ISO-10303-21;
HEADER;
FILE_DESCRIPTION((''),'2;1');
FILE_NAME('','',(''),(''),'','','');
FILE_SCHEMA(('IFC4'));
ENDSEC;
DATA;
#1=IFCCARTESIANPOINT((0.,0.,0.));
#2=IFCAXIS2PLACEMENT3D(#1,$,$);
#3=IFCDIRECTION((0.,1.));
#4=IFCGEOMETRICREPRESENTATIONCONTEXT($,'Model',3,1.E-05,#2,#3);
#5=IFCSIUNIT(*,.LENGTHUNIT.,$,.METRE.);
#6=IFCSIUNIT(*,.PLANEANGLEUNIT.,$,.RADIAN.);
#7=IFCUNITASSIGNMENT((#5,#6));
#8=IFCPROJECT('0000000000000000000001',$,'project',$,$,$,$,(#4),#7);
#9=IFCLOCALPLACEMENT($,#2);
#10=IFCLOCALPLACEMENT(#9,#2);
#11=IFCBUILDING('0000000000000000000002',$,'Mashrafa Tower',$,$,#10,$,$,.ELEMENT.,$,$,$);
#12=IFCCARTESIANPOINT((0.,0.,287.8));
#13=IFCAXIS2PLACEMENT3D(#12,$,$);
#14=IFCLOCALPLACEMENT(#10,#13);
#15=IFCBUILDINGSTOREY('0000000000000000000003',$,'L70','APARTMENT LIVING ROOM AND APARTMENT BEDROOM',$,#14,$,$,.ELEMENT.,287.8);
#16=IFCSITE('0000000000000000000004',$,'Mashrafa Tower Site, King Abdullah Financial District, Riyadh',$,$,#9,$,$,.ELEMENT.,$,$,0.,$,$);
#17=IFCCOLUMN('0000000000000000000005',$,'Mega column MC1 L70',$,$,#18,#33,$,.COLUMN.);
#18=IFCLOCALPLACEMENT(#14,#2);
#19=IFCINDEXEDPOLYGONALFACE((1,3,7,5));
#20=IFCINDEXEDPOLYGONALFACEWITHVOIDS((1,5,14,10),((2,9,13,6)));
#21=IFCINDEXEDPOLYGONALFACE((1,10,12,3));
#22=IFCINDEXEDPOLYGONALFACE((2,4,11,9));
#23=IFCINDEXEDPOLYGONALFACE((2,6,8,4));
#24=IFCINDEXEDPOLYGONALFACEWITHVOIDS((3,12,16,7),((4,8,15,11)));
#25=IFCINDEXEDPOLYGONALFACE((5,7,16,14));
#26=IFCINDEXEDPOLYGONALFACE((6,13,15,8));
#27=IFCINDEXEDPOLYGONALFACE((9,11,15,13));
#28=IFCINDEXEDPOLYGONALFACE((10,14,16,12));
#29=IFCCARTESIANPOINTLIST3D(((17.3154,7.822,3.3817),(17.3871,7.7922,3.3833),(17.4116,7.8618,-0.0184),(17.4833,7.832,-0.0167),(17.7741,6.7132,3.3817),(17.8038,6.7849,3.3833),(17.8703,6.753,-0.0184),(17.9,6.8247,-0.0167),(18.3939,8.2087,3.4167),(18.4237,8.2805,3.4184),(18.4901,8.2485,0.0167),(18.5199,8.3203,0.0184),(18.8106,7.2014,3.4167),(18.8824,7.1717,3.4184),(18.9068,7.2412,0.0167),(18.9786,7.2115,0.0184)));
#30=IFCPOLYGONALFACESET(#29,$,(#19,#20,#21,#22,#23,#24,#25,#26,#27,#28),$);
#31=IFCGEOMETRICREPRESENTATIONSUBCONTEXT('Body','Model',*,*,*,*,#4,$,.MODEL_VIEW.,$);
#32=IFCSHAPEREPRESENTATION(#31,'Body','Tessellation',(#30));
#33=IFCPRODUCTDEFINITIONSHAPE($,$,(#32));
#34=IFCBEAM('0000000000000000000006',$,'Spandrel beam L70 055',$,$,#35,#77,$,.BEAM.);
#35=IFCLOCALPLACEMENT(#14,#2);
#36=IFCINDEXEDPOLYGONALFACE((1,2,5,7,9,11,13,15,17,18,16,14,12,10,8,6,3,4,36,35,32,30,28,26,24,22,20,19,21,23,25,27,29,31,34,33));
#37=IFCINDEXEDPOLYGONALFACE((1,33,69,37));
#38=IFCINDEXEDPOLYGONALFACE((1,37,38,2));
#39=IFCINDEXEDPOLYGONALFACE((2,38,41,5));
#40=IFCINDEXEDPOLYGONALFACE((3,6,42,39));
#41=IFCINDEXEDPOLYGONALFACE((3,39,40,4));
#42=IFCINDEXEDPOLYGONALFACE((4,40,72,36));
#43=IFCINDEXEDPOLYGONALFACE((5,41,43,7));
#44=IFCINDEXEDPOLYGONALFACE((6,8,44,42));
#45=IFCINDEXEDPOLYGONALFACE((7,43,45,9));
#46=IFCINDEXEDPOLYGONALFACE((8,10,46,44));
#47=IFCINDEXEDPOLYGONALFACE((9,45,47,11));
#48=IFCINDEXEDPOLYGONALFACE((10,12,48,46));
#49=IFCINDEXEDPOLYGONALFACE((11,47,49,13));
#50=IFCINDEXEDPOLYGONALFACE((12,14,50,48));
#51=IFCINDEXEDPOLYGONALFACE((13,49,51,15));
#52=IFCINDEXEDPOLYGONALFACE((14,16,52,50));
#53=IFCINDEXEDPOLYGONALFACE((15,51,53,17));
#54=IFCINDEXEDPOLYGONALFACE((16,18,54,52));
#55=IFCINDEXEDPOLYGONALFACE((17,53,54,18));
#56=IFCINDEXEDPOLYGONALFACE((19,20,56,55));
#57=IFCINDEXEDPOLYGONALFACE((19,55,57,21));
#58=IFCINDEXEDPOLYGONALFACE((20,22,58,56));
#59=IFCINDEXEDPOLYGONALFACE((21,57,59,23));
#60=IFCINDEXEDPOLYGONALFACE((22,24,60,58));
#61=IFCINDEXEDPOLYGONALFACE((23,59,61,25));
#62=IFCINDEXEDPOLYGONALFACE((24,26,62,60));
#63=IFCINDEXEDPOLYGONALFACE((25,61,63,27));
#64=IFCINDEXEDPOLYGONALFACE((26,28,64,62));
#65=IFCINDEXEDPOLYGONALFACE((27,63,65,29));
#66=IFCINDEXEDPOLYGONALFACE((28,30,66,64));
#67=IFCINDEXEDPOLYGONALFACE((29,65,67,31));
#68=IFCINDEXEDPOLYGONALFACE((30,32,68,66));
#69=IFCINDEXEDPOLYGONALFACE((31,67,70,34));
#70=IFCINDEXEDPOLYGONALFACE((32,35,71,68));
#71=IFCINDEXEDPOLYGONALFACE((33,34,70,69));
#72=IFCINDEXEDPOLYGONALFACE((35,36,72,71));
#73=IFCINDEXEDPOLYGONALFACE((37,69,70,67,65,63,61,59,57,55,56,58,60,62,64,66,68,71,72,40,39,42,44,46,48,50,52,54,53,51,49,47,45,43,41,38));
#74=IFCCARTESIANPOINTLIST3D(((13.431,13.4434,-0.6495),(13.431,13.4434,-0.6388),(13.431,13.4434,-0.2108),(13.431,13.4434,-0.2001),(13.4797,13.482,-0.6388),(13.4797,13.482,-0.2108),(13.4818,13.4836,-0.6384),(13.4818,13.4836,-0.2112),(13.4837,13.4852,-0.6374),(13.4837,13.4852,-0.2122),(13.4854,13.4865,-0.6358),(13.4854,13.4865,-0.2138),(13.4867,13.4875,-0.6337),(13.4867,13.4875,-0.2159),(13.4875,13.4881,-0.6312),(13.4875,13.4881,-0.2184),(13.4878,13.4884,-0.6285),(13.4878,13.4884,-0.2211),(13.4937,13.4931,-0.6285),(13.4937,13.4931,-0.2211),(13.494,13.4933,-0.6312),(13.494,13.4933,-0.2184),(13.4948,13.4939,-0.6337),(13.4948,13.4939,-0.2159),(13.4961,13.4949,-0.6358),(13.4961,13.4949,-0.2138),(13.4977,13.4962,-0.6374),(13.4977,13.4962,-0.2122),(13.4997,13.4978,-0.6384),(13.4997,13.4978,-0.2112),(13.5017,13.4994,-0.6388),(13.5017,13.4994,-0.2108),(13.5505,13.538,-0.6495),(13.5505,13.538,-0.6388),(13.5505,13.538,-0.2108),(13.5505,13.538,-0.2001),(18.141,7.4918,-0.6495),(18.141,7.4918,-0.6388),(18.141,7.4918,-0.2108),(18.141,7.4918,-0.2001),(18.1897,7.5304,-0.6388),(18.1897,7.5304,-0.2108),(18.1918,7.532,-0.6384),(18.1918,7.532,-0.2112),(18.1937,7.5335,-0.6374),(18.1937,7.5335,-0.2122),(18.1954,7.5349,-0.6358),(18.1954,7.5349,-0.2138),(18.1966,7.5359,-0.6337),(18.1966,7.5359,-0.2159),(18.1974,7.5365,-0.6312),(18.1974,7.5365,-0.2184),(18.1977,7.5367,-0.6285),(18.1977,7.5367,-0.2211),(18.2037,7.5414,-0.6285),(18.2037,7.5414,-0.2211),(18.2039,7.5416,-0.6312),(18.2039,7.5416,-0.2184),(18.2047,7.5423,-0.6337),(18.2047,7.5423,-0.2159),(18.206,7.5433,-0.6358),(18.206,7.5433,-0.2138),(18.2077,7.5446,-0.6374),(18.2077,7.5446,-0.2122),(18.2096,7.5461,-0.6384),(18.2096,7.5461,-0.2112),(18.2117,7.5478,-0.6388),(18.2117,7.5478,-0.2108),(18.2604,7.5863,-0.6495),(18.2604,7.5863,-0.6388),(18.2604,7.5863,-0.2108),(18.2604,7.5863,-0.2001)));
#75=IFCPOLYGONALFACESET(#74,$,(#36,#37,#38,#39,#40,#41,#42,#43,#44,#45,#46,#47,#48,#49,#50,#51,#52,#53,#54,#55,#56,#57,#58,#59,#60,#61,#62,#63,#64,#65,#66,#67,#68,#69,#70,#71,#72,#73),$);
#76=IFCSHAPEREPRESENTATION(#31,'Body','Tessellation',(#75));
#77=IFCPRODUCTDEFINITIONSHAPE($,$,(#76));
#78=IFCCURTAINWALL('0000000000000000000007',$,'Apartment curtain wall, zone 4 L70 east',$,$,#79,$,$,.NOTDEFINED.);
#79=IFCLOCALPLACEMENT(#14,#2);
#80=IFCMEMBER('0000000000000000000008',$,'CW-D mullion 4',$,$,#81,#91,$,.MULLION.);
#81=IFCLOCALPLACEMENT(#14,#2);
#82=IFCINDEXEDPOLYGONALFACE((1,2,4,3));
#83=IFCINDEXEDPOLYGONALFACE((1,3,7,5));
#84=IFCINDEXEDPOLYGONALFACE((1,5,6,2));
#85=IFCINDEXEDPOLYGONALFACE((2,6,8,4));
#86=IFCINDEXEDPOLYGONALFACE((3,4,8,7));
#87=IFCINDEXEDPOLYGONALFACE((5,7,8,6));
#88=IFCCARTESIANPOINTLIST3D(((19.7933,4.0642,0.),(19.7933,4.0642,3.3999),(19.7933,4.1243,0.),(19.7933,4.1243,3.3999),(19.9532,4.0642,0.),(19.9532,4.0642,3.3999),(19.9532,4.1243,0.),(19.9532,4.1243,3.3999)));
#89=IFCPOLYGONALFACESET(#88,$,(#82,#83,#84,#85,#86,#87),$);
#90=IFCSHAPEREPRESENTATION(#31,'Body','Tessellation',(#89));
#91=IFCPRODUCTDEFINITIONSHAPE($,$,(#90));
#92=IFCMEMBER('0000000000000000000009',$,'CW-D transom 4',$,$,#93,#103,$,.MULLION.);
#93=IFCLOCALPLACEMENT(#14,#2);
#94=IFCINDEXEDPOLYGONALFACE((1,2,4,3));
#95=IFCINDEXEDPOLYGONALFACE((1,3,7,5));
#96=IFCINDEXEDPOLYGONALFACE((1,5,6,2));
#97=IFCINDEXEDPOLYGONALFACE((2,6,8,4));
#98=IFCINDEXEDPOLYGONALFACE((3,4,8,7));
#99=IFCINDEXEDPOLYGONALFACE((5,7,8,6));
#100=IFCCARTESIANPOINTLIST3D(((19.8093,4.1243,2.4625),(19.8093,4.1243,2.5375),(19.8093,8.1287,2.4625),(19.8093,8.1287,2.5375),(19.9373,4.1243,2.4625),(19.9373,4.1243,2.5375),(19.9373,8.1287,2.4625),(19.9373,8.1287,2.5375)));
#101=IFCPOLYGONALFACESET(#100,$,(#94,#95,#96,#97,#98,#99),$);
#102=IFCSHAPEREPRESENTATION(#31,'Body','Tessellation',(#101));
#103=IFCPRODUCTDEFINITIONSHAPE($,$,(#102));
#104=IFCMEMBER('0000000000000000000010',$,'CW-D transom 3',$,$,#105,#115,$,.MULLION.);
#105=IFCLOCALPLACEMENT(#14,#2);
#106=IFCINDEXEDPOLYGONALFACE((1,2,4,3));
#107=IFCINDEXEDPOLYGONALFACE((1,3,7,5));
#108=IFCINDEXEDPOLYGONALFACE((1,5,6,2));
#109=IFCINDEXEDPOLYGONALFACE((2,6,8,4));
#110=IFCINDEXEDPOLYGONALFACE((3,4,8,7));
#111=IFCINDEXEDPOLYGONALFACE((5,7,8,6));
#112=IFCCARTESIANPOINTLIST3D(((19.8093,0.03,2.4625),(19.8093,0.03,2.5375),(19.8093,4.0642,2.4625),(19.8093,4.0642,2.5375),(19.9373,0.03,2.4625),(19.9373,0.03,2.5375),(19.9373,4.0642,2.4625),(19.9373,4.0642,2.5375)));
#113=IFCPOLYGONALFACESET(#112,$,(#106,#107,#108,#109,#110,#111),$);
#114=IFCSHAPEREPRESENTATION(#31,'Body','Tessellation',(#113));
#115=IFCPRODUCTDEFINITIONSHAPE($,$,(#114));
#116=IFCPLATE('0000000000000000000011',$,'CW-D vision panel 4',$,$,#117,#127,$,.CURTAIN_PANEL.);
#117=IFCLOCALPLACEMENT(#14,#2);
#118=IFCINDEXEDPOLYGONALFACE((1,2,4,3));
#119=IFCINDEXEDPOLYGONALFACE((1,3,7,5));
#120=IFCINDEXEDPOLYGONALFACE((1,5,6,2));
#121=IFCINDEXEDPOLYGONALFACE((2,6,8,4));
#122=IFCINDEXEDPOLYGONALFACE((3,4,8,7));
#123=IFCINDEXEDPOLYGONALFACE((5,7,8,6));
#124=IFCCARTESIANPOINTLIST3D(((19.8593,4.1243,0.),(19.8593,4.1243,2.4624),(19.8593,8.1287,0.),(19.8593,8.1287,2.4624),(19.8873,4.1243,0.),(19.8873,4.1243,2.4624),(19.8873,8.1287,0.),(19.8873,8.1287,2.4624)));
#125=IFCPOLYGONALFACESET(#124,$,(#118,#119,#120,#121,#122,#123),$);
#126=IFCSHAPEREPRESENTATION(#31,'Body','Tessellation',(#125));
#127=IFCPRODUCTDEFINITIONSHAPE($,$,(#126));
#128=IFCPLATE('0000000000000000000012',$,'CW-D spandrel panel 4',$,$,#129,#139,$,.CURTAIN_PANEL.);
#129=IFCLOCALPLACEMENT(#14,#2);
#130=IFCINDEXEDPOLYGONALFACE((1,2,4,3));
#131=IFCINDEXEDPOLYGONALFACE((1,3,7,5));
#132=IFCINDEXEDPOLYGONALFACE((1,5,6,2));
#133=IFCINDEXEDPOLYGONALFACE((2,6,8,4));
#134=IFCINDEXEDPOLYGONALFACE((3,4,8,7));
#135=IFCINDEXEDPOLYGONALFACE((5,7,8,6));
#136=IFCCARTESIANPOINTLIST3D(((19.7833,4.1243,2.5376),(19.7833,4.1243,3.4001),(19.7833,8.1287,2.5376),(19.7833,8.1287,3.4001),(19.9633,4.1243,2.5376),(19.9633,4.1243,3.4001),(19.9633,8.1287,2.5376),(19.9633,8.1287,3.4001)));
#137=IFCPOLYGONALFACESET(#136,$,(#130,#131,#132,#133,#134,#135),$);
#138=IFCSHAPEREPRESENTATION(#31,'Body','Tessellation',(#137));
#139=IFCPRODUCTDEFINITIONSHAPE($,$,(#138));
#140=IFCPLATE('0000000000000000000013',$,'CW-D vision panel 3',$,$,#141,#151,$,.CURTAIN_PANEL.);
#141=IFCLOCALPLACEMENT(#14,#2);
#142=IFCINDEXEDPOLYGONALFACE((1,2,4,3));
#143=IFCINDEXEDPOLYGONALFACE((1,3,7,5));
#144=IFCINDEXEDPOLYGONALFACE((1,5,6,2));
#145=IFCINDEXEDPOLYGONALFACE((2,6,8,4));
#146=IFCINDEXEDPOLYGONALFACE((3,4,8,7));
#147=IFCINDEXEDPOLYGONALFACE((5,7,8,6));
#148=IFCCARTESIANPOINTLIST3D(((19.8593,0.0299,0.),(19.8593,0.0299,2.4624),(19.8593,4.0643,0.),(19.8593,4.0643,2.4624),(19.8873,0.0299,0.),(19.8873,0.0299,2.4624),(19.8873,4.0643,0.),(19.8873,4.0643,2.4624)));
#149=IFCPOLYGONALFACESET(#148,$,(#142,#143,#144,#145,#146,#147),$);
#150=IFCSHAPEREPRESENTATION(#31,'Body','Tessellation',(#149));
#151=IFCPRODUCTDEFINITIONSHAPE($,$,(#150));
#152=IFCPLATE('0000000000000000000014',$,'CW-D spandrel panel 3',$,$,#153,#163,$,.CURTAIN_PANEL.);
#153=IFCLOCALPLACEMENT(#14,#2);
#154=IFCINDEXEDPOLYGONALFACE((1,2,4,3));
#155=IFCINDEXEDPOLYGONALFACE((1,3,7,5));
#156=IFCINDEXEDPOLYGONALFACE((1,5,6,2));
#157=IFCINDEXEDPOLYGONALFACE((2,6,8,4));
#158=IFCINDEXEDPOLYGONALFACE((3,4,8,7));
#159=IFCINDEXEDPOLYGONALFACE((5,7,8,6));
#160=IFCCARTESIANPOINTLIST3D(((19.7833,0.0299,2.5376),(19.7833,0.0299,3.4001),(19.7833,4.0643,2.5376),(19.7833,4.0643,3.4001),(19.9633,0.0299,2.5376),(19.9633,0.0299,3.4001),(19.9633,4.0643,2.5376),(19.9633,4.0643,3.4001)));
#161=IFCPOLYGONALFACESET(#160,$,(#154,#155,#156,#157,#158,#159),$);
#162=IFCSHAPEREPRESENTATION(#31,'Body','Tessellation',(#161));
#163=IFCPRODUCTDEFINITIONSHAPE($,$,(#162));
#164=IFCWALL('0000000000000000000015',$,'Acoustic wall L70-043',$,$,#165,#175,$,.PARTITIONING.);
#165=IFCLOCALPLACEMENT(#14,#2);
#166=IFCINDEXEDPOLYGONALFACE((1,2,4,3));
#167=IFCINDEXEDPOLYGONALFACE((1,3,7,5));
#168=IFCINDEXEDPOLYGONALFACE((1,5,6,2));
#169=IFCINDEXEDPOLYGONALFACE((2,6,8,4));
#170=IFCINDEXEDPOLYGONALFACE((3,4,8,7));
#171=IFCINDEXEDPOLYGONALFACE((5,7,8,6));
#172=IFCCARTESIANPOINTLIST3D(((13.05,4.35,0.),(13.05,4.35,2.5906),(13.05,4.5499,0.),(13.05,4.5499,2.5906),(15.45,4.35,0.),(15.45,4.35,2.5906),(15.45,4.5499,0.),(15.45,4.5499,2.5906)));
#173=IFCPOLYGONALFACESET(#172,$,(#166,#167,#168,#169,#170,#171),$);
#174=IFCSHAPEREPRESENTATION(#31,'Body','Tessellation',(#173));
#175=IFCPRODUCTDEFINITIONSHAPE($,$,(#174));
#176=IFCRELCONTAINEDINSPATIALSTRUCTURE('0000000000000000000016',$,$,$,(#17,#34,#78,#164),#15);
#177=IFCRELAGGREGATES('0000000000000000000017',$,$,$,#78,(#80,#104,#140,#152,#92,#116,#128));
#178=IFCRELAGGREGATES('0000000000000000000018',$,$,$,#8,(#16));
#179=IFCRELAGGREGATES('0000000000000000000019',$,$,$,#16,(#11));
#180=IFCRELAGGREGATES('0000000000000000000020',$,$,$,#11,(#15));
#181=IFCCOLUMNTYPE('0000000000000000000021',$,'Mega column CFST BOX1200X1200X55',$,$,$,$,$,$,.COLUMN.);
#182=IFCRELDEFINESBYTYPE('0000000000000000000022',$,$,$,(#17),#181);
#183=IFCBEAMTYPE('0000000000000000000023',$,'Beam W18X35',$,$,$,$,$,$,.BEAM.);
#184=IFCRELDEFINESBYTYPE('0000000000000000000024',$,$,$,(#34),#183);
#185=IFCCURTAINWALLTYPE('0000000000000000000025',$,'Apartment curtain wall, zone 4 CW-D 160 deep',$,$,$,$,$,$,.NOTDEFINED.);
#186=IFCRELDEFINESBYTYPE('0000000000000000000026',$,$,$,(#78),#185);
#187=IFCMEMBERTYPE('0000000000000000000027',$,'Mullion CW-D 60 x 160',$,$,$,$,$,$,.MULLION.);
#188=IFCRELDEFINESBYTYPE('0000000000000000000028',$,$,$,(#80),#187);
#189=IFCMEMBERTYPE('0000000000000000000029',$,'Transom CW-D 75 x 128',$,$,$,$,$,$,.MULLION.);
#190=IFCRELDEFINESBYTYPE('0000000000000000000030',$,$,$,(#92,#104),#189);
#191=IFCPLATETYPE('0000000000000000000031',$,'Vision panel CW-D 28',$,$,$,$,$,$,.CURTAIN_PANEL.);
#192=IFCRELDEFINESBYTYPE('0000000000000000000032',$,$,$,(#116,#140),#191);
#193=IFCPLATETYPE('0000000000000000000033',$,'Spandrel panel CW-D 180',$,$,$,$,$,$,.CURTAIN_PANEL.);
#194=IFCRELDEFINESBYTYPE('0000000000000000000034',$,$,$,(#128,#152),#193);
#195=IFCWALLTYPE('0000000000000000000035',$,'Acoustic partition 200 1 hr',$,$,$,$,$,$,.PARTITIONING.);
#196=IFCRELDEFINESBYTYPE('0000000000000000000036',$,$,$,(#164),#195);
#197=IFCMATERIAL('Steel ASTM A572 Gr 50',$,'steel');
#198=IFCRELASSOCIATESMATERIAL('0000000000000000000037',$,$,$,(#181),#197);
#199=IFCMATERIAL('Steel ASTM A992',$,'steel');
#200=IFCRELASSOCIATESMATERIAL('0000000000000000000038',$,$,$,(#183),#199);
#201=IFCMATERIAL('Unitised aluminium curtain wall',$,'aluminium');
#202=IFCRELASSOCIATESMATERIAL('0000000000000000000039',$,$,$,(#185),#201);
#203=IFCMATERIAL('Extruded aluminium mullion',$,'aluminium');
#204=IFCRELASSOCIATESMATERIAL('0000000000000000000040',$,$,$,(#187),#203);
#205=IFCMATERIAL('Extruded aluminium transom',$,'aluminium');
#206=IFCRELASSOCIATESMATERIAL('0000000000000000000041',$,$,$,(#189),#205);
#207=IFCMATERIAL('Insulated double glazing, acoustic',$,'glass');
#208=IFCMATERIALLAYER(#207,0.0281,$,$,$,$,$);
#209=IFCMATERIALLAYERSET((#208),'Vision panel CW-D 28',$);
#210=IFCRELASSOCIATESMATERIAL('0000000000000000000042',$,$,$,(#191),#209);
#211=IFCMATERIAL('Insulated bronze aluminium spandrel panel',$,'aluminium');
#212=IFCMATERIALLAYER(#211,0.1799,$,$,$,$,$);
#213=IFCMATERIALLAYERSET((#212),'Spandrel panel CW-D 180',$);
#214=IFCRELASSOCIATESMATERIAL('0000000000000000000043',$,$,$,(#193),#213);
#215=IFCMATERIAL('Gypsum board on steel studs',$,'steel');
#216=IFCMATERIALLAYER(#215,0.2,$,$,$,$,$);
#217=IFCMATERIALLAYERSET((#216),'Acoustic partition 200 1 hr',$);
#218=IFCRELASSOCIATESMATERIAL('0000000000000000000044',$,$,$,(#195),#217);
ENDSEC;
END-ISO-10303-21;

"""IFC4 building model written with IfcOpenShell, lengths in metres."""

from ifc_helpers import new_model, si_unit, direction, frame, frame_2d, origin, origin_2d, place, context, subcontext, project, spatial, rectangle, hollow_rectangle, i_section, extrude, source, transform, mapped, material, layer, layer_set, material_profile, profile_set, type_object, type_shapes, element, aggregate, save


model = new_model("IFC4")

# Units and contexts
model_context = context("Model", 3, precision=1e-05, world=origin(), true_north=direction((0.0, 1.0)))
body_context = subcontext(model_context, "Body", "Model", "MODEL_VIEW")
ifc_project = project(units=[si_unit("LENGTHUNIT", "METRE"), si_unit("PLANEANGLEUNIT", "RADIAN")], contexts=[model_context])

# Site, building, storey
site_placement = place(None, origin())
site = spatial("IfcSite", under=ifc_project, at=site_placement, Name="Mashrafa Tower Site, King Abdullah Financial District, Riyadh", CompositionType="ELEMENT", RefElevation=0.0)
building_placement = place(site_placement, origin())
building = spatial("IfcBuilding", under=site, at=building_placement, Name="Mashrafa Tower", CompositionType="ELEMENT")
storey_placement = place(building_placement, frame((0.0, 0.0, 287.8)))
storey = spatial("IfcBuildingStorey", under=building, at=storey_placement, Name="L70", Description="APARTMENT LIVING ROOM AND APARTMENT BEDROOM", CompositionType="ELEMENT", Elevation=287.8)

# Column
ifc_material_1 = material(Name="Steel ASTM A572 Gr 50", Category="steel")
ifc_material_profile_1 = material_profile(ifc_material_1, hollow_rectangle(XDim=1.2, YDim=1.2, WallThickness=0.0549, at=origin_2d()), Name="BOX1200X1200X55")
ifc_profile_set_1 = profile_set([ifc_material_profile_1], Name="Steel ASTM A572 Gr 50")
column_type = type_object("IfcColumnType", Name="Mega column CFST BOX1200X1200X55", PredefinedType="COLUMN", material=ifc_profile_set_1)
column_placement = place(storey_placement, frame((18.1951, 7.5366, 0.0), z_axis=(-0.028279, -0.011699, 0.999532), x_axis=(0.382283, -0.924045, 0.0)))
element("IfcColumn", 1, at=column_placement, inside=storey, type_object=column_type, Name="Mega column MC1 L70", PredefinedType="COLUMN", context=body_context, shape_type="SweptSolid", body=[
    extrude(hollow_rectangle(XDim=1.2, YDim=1.2, WallThickness=0.0549, at=origin_2d()), origin(), (0.0, 0.0, 1.0), 3.4016),
])

# Beam
ifc_material_2 = material(Name="Steel ASTM A992", Category="steel")
ifc_material_profile_2 = material_profile(ifc_material_2, i_section(OverallWidth=0.1523, OverallDepth=0.4495, WebThickness=0.0076, FlangeThickness=0.0107, FilletRadius=0.0103, at=origin_2d()), Name="W18X35")
ifc_profile_set_2 = profile_set([ifc_material_profile_2], Name="Steel ASTM A992")
beam_type = type_object("IfcBeamType", Name="Beam W18X35", PredefinedType="BEAM", material=ifc_profile_set_2)
beam_placement = place(storey_placement, frame((18.2007, 7.5391, -0.4248), z_axis=(-0.62056, 0.784159, 0.0), x_axis=(-0.784159, -0.62056, 0.0)))
element("IfcBeam", 2, at=beam_placement, inside=storey, type_object=beam_type, Name="Spandrel beam L70 055", PredefinedType="BEAM", context=body_context, shape_type="SweptSolid", body=[
    extrude(i_section(OverallWidth=0.1523, OverallDepth=0.4495, WebThickness=0.0076, FlangeThickness=0.0107, FilletRadius=0.0103, at=origin_2d()), origin(), (0.0, 0.0, 1.0), 7.5898),
])

# Curtain wall, members, plates
ifc_material_3 = material(Name="Unitised aluminium curtain wall", Category="aluminium")
curtain_wall_type = type_object("IfcCurtainWallType", Name="Apartment curtain wall, zone 4 CW-D 160 deep", PredefinedType="NOTDEFINED", material=ifc_material_3)
curtain_wall_placement = place(storey_placement, origin())
curtain_wall = element("IfcCurtainWall", 3, at=curtain_wall_placement, inside=storey, type_object=curtain_wall_type, Name="Apartment curtain wall, zone 4 L70 east", PredefinedType="NOTDEFINED")
ifc_material_4 = material(Name="Extruded aluminium mullion", Category="aluminium")
ifc_material_profile_3 = material_profile(ifc_material_4, rectangle(XDim=0.1599, YDim=0.0601, at=origin_2d()), Name="Mullion 60x160")
ifc_profile_set_3 = profile_set([ifc_material_profile_3], Name="Extruded aluminium mullion")
member_type_1 = type_object("IfcMemberType", Name="Mullion CW-D 60 x 160", PredefinedType="MULLION", material=ifc_profile_set_3)
shared_shape_1 = source(origin(), body_context, "Body", "SweptSolid", [
    extrude(rectangle(XDim=0.1599, YDim=0.0601, at=origin_2d()), origin(), (0.0, 0.0, 1.0), 3.3999),
])
type_shapes(member_type_1, [shared_shape_1])
member_1_placement = place(storey_placement, frame((19.8733, 4.0942, 0.0), z_axis=(0.0, 0.0, 1.0), x_axis=(-1.0, 0.0, 0.0)))
member_1 = element("IfcMember", 4, at=member_1_placement, type_object=member_type_1, Name="CW-D mullion 4", PredefinedType="MULLION", context=body_context, shape_type="MappedRepresentation", body=[
    mapped(shared_shape_1, transform((0.0, 0.0, 0.0))),
])
ifc_material_5 = material(Name="Extruded aluminium transom", Category="aluminium")
ifc_material_profile_4 = material_profile(ifc_material_5, rectangle(XDim=0.1279, YDim=0.075, at=origin_2d()), Name="Transom 75x128")
ifc_profile_set_4 = profile_set([ifc_material_profile_4], Name="Extruded aluminium transom")
member_type_2 = type_object("IfcMemberType", Name="Transom CW-D 75 x 128", PredefinedType="MULLION", material=ifc_profile_set_4)
shared_shape_2 = source(origin(), body_context, "Body", "SweptSolid", [
    extrude(rectangle(XDim=0.1279, YDim=0.075, at=origin_2d()), origin(), (0.0, 0.0, 1.0), 4.0044),
])
member_2_placement = place(storey_placement, frame((19.8733, 4.1243, 2.5), z_axis=(0.0, 1.0, 0.0), x_axis=(-1.0, 0.0, 0.0)))
member_2 = element("IfcMember", 5, at=member_2_placement, type_object=member_type_2, Name="CW-D transom 4", PredefinedType="MULLION", context=body_context, shape_type="MappedRepresentation", body=[
    mapped(shared_shape_2, transform((0.0, 0.0, 0.0))),
])
shared_shape_3 = source(origin(), body_context, "Body", "SweptSolid", [
    extrude(rectangle(XDim=0.1279, YDim=0.075, at=origin_2d()), origin(), (0.0, 0.0, 1.0), 4.0342),
])
type_shapes(member_type_2, [shared_shape_2, shared_shape_3])
member_3_placement = place(storey_placement, frame((19.8733, 0.03, 2.5), z_axis=(0.0, 1.0, 0.0), x_axis=(-1.0, 0.0, 0.0)))
member_3 = element("IfcMember", 6, at=member_3_placement, type_object=member_type_2, Name="CW-D transom 3", PredefinedType="MULLION", context=body_context, shape_type="MappedRepresentation", body=[
    mapped(shared_shape_3, transform((0.0, 0.0, 0.0))),
])
ifc_material_6 = material(Name="Insulated double glazing, acoustic", Category="glass")
ifc_layer_1 = layer(ifc_material_6, 0.0281)
ifc_layer_set_1 = layer_set([ifc_layer_1], Name="Vision panel CW-D 28")
plate_type_1 = type_object("IfcPlateType", Name="Vision panel CW-D 28", PredefinedType="CURTAIN_PANEL", material=ifc_layer_set_1)
shared_shape_4 = source(origin(), body_context, "Body", "SweptSolid", [
    extrude(rectangle(XDim=4.0044, YDim=0.0281, at=origin_2d()), origin(), (0.0, 0.0, 1.0), 2.4624),
])
plate_1_placement = place(storey_placement, frame((19.8733, 6.1265, 0.0), z_axis=(0.0, 0.0, 1.0), x_axis=(0.0, 1.0, 0.0)))
plate_1 = element("IfcPlate", 7, at=plate_1_placement, type_object=plate_type_1, Name="CW-D vision panel 4", PredefinedType="CURTAIN_PANEL", context=body_context, shape_type="MappedRepresentation", body=[
    mapped(shared_shape_4, transform((0.0, 0.0, 0.0))),
])
ifc_material_7 = material(Name="Insulated bronze aluminium spandrel panel", Category="aluminium")
ifc_layer_2 = layer(ifc_material_7, 0.1799)
ifc_layer_set_2 = layer_set([ifc_layer_2], Name="Spandrel panel CW-D 180")
plate_type_2 = type_object("IfcPlateType", Name="Spandrel panel CW-D 180", PredefinedType="CURTAIN_PANEL", material=ifc_layer_set_2)
shared_shape_5 = source(origin(), body_context, "Body", "SweptSolid", [
    extrude(rectangle(XDim=4.0044, YDim=0.1799, at=origin_2d()), origin(), (0.0, 0.0, 1.0), 0.8625),
])
plate_2_placement = place(storey_placement, frame((19.8733, 6.1265, 2.5376), z_axis=(0.0, 0.0, 1.0), x_axis=(0.0, 1.0, 0.0)))
plate_2 = element("IfcPlate", 8, at=plate_2_placement, type_object=plate_type_2, Name="CW-D spandrel panel 4", PredefinedType="CURTAIN_PANEL", context=body_context, shape_type="MappedRepresentation", body=[
    mapped(shared_shape_5, transform((0.0, 0.0, 0.0))),
])
shared_shape_6 = source(origin(), body_context, "Body", "SweptSolid", [
    extrude(rectangle(XDim=4.0344, YDim=0.0281, at=origin_2d()), origin(), (0.0, 0.0, 1.0), 2.4624),
])
type_shapes(plate_type_1, [shared_shape_4, shared_shape_6])
plate_3_placement = place(storey_placement, frame((19.8733, 2.0471, 0.0), z_axis=(0.0, 0.0, 1.0), x_axis=(0.0, 1.0, 0.0)))
plate_3 = element("IfcPlate", 9, at=plate_3_placement, type_object=plate_type_1, Name="CW-D vision panel 3", PredefinedType="CURTAIN_PANEL", context=body_context, shape_type="MappedRepresentation", body=[
    mapped(shared_shape_6, transform((0.0, 0.0, 0.0))),
])
shared_shape_7 = source(origin(), body_context, "Body", "SweptSolid", [
    extrude(rectangle(XDim=4.0344, YDim=0.1799, at=origin_2d()), origin(), (0.0, 0.0, 1.0), 0.8625),
])
type_shapes(plate_type_2, [shared_shape_5, shared_shape_7])
plate_4_placement = place(storey_placement, frame((19.8733, 2.0471, 2.5376), z_axis=(0.0, 0.0, 1.0), x_axis=(0.0, 1.0, 0.0)))
plate_4 = element("IfcPlate", 10, at=plate_4_placement, type_object=plate_type_2, Name="CW-D spandrel panel 3", PredefinedType="CURTAIN_PANEL", context=body_context, shape_type="MappedRepresentation", body=[
    mapped(shared_shape_7, transform((0.0, 0.0, 0.0))),
])
aggregate(curtain_wall, [member_1, member_3, plate_3, plate_4, member_2, plate_1, plate_2])

# Wall
ifc_material_8 = material(Name="Gypsum board on steel studs", Category="steel")
ifc_layer_3 = layer(ifc_material_8, 0.2)
ifc_layer_set_3 = layer_set([ifc_layer_3], Name="Acoustic partition 200 1 hr")
wall_type_1 = type_object("IfcWallType", Name="Acoustic partition 200 1 hr", PredefinedType="PARTITIONING", material=ifc_layer_set_3)
wall_1_placement = place(storey_placement, frame((15.45, 4.45, 0.0), z_axis=(0.0, 0.0, 1.0), x_axis=(-1.0, 0.0, 0.0)))
element("IfcWall", 11, at=wall_1_placement, inside=storey, type_object=wall_type_1, Name="Acoustic wall L70-043", PredefinedType="PARTITIONING", context=body_context, shape_type="SweptSolid", body=[
    extrude(rectangle(XDim=2.3999, YDim=0.2, at=frame_2d((1.2, 0.0))), origin(), (0.0, 0.0, 1.0), 2.5906),
])

save(model, "model.ifc")
